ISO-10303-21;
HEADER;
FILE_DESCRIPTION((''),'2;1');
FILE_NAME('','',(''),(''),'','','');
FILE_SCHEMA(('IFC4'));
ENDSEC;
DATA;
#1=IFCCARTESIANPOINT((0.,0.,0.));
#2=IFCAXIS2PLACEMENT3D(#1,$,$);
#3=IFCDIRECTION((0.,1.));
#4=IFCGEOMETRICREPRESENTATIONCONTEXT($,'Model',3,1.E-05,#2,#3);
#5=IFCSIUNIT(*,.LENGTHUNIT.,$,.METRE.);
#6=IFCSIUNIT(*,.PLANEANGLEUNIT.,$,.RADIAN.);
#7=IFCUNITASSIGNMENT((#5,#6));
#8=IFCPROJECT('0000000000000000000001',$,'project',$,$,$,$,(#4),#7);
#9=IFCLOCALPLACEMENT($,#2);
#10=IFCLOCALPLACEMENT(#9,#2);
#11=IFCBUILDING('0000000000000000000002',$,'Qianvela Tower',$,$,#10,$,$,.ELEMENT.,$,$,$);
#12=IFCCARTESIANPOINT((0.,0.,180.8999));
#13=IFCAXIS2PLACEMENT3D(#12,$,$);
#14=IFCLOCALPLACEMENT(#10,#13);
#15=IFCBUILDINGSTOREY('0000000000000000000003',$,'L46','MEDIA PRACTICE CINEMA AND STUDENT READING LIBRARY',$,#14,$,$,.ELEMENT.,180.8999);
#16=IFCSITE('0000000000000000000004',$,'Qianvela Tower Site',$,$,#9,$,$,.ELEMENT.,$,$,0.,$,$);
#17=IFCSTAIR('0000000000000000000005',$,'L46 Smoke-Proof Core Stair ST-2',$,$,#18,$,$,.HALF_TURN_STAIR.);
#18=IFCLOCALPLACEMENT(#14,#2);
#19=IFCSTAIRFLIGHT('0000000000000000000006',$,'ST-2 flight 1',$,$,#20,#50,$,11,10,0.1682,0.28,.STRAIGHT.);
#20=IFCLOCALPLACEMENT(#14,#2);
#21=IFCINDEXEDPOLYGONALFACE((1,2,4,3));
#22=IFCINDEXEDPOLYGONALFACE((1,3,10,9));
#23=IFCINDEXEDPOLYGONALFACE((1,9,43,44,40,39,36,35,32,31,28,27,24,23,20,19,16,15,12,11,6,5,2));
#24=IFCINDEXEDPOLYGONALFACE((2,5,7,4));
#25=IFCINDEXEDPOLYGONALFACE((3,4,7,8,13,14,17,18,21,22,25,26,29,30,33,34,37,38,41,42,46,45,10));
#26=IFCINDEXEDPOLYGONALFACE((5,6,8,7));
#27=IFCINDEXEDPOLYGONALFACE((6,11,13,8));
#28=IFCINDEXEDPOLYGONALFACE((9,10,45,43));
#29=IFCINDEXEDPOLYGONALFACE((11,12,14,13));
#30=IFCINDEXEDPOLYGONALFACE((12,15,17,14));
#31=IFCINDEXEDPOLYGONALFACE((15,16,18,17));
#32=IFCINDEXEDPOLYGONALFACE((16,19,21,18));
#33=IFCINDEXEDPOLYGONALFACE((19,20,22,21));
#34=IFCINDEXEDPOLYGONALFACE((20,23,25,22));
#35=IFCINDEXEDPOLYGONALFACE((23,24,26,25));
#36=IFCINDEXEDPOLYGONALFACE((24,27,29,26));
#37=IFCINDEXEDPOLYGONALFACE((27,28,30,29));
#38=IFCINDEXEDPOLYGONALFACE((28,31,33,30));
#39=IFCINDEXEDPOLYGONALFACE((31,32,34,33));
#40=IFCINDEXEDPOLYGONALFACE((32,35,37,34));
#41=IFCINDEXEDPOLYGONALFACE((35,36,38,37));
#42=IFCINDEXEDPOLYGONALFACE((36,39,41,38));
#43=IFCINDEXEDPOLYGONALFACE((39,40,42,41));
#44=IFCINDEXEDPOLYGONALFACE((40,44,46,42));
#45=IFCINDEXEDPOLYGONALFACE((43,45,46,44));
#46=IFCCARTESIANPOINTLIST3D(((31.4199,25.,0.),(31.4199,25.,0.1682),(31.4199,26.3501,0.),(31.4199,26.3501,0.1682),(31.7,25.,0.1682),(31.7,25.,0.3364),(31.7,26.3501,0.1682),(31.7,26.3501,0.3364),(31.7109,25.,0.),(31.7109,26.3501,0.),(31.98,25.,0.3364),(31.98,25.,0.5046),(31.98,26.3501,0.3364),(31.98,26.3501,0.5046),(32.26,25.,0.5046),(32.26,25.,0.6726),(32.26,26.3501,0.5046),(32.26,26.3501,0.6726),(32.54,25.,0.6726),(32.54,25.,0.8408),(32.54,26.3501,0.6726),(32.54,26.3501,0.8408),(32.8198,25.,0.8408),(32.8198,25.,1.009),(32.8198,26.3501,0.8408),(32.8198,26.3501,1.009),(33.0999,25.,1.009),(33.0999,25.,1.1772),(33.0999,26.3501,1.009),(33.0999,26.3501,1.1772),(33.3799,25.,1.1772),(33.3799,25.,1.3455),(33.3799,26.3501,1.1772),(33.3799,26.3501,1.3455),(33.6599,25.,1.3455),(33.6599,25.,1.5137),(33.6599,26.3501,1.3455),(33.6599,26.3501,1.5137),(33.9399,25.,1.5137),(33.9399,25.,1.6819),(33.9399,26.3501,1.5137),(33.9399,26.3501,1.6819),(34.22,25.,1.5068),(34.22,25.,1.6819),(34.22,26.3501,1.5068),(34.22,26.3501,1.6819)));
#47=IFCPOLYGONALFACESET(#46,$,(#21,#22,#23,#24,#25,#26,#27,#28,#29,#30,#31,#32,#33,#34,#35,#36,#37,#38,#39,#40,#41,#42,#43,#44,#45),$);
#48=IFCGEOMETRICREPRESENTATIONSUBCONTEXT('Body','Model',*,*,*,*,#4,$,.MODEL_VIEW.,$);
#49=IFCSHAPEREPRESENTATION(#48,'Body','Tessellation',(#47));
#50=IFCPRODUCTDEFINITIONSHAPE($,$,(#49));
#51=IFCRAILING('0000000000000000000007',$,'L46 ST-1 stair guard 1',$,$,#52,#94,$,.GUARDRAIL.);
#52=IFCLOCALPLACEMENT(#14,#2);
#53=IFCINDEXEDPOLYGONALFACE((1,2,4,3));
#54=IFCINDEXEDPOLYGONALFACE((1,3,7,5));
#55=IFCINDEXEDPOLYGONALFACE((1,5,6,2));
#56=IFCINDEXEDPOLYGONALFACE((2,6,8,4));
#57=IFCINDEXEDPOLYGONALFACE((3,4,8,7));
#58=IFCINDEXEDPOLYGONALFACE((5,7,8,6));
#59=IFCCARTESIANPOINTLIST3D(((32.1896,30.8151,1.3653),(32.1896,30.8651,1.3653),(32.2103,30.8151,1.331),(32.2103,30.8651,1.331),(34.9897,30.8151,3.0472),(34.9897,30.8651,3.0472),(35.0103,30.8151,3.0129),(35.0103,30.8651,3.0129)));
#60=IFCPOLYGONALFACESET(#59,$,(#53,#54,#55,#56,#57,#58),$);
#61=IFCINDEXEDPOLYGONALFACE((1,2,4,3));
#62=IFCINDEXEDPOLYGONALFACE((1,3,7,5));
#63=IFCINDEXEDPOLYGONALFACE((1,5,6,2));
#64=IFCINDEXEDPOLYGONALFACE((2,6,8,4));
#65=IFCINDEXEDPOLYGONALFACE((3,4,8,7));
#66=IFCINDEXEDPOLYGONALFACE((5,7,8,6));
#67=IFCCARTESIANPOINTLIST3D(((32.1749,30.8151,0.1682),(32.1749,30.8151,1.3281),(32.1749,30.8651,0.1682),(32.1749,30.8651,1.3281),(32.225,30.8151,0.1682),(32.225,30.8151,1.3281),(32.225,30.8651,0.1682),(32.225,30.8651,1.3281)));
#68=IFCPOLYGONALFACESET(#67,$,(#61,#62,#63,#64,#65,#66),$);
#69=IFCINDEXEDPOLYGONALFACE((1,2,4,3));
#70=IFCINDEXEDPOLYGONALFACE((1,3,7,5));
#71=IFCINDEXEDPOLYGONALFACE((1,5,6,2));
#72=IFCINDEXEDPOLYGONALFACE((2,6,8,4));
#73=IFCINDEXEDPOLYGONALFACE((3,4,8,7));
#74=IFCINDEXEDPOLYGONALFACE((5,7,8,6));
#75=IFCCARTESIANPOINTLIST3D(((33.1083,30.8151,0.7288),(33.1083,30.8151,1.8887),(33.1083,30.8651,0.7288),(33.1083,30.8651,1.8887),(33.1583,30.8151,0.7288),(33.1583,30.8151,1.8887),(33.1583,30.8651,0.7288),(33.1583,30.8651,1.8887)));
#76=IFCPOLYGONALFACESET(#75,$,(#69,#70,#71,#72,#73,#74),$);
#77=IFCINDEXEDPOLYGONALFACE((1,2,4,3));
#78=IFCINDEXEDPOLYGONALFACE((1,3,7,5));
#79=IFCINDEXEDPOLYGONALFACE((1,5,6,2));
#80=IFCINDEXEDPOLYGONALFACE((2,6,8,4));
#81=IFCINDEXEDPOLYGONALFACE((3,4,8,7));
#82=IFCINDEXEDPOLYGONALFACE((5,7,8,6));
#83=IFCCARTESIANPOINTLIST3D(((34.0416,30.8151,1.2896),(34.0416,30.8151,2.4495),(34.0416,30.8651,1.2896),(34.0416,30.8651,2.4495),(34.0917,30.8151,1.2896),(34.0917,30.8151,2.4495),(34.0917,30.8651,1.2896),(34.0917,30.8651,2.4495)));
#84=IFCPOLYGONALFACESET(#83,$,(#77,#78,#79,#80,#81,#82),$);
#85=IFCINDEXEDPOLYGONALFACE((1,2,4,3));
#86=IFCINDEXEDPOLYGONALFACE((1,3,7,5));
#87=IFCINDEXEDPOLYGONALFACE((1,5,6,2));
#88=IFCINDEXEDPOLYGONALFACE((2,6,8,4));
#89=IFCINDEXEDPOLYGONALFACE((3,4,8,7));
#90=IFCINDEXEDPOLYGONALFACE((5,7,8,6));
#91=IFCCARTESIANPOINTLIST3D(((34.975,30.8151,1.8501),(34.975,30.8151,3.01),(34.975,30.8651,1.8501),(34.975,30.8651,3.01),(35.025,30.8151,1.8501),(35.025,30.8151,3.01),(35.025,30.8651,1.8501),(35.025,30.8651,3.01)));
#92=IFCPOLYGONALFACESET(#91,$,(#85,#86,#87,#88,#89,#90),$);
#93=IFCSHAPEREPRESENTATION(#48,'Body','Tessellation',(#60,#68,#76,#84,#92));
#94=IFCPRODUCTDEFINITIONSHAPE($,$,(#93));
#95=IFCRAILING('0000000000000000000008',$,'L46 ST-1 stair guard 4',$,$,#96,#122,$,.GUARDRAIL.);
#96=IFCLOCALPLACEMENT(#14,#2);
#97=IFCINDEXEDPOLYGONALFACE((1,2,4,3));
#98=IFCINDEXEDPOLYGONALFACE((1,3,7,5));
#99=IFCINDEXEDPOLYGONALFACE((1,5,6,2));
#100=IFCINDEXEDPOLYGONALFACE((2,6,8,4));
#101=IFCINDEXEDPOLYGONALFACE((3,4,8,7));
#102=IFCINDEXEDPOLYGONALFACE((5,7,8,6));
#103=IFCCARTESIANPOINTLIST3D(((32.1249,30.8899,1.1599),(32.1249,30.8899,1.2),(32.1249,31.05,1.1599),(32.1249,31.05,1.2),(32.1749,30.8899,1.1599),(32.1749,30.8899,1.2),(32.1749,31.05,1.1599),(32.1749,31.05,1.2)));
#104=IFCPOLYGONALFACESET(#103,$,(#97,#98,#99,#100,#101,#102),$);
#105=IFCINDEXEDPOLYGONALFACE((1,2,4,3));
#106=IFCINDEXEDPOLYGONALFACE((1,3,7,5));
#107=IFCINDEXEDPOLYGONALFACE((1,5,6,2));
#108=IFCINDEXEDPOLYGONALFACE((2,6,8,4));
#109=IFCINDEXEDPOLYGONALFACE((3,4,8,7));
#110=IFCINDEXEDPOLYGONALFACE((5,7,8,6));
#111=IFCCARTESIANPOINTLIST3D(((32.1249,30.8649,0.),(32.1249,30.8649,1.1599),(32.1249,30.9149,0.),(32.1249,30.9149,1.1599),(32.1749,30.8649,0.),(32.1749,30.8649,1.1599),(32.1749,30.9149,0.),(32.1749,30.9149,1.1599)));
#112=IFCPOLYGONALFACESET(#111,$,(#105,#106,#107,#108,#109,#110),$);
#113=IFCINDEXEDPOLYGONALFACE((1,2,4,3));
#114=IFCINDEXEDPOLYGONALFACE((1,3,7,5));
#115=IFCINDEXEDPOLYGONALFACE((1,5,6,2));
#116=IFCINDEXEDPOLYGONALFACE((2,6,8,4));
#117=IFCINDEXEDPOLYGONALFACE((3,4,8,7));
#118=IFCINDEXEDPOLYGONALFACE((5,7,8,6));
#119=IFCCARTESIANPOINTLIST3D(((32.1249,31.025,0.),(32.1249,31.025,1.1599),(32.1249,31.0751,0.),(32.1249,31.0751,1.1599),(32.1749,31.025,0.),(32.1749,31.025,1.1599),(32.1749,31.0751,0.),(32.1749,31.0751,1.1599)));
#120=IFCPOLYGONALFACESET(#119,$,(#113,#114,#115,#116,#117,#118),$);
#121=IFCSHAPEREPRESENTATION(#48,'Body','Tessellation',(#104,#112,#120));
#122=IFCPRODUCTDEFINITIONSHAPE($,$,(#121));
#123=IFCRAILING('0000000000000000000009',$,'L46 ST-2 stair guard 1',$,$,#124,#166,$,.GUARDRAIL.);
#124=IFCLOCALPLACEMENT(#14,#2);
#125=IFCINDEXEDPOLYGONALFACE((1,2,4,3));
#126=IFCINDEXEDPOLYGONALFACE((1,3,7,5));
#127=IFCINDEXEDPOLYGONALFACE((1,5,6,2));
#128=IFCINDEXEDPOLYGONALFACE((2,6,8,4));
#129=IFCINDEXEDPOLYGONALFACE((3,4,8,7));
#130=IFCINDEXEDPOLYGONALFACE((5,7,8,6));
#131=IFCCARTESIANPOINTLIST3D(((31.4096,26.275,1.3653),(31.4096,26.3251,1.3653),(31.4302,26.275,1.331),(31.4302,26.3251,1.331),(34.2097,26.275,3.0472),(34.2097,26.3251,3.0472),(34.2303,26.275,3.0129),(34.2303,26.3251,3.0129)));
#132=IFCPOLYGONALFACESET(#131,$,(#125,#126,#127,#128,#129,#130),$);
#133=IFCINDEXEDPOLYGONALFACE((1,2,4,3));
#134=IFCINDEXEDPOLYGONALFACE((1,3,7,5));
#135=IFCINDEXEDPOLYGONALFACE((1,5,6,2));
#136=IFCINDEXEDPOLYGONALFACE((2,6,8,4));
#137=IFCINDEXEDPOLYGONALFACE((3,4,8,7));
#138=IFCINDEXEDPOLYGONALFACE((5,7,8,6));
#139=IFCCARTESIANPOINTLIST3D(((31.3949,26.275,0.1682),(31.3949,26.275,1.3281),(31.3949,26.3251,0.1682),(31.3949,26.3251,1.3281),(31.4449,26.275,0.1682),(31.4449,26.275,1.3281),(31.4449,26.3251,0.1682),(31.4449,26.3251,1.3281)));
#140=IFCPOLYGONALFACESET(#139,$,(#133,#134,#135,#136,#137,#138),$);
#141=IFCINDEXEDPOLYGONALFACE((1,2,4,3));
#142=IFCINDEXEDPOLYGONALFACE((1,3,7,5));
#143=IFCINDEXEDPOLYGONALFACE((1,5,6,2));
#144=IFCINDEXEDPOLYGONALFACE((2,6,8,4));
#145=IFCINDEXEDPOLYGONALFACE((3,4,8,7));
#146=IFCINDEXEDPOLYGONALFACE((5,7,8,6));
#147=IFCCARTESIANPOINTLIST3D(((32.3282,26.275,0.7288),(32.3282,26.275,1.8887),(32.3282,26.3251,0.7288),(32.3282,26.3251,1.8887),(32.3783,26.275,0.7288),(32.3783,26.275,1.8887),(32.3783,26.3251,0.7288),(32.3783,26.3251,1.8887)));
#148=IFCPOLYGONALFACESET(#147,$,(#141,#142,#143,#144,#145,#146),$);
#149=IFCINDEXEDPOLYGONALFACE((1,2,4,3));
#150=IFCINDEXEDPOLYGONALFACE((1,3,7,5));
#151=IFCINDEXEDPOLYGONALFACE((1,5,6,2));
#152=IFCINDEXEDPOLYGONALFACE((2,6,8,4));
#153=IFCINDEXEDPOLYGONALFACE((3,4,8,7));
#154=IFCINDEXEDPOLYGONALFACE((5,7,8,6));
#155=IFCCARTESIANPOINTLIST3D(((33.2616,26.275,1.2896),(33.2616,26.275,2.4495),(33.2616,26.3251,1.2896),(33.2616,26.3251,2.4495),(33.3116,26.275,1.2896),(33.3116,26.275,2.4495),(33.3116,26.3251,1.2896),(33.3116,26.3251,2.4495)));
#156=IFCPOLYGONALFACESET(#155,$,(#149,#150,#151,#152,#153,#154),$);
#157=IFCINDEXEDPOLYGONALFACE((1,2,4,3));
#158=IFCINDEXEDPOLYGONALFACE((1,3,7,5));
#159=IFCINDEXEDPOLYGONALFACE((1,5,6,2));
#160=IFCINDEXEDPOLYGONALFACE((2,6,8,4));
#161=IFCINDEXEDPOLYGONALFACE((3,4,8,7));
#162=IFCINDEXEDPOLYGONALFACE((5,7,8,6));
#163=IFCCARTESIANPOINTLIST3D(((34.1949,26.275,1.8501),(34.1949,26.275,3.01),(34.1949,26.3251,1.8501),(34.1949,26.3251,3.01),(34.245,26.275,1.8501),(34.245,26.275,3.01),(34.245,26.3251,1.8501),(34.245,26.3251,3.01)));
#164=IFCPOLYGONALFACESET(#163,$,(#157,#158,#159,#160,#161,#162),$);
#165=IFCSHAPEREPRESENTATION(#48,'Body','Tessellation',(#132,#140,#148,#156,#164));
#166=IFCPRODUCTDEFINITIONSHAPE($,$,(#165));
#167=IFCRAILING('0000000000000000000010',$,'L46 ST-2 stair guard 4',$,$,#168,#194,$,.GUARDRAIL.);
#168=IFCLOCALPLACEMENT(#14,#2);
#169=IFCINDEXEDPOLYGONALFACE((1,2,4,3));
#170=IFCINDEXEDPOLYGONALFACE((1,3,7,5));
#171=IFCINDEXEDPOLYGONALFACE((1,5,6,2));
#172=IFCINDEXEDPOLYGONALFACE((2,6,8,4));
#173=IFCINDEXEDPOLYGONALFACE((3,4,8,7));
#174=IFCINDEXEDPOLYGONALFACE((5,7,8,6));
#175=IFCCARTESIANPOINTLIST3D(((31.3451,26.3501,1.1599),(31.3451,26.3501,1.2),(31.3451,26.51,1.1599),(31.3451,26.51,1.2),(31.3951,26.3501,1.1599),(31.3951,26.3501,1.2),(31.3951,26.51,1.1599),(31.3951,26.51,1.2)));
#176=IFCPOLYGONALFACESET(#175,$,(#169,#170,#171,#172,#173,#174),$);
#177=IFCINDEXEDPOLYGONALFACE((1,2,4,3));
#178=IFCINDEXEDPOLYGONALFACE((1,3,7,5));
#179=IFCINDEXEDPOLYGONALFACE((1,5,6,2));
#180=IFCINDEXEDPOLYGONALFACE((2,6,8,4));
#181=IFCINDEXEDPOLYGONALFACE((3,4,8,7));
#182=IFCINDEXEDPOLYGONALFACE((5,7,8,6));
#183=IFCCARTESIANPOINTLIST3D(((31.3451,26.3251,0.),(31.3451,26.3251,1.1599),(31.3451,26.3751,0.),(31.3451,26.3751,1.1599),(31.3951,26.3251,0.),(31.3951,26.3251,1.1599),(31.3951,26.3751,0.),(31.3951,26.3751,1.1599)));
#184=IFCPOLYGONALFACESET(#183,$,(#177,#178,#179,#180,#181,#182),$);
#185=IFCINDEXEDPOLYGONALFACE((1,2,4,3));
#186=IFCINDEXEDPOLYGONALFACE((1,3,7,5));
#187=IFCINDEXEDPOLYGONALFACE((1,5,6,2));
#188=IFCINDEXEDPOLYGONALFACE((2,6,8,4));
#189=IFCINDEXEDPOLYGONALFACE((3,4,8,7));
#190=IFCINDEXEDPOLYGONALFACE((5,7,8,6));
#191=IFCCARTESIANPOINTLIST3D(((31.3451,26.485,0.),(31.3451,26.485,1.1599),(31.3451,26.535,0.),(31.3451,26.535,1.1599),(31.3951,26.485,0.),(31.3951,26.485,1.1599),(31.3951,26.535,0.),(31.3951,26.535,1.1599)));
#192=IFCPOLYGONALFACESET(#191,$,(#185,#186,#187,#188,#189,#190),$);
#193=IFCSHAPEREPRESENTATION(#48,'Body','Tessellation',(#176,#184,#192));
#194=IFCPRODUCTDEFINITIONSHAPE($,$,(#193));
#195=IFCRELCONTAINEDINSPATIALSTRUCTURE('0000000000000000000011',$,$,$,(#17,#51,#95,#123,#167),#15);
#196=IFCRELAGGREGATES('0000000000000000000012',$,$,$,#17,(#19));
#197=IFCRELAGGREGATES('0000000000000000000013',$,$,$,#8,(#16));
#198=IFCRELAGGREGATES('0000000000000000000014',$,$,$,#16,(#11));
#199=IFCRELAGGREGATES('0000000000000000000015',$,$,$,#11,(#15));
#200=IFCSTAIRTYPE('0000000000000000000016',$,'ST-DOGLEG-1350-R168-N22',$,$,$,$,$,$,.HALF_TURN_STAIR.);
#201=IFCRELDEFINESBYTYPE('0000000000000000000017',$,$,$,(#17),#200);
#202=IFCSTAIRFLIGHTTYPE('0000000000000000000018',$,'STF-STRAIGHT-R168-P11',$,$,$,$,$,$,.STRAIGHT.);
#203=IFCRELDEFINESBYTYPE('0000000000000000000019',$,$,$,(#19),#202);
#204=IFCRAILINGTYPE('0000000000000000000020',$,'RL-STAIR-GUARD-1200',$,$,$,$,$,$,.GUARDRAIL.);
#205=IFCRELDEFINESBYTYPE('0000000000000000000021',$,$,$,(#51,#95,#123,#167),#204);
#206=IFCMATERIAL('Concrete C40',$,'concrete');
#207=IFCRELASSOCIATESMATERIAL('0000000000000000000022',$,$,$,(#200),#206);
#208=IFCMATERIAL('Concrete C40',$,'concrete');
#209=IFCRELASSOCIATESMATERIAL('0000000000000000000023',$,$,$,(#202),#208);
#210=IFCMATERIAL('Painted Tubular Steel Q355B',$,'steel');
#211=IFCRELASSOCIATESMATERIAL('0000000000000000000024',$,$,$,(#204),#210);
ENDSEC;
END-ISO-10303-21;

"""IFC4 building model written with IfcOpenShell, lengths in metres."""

from ifc_helpers import new_model, si_unit, direction, frame, origin, origin_2d, place, context, subcontext, project, spatial, polyline, rectangle, outline, extrude, material, type_object, element, aggregate, save


model = new_model("IFC4")

# Units and contexts
model_context = context("Model", 3, precision=1e-05, world=origin(), true_north=direction((0.0, 1.0)))
body_context = subcontext(model_context, "Body", "Model", "MODEL_VIEW")
ifc_project = project(units=[si_unit("LENGTHUNIT", "METRE"), si_unit("PLANEANGLEUNIT", "RADIAN")], contexts=[model_context])

# Site, building, storey
site_placement = place(None, origin())
site = spatial("IfcSite", under=ifc_project, at=site_placement, Name="Qianvela Tower Site", CompositionType="ELEMENT", RefElevation=0.0)
building_placement = place(site_placement, origin())
building = spatial("IfcBuilding", under=site, at=building_placement, Name="Qianvela Tower", CompositionType="ELEMENT")
storey_placement = place(building_placement, frame((0.0, 0.0, 180.8999)))
storey = spatial("IfcBuildingStorey", under=building, at=storey_placement, Name="L46", Description="MEDIA PRACTICE CINEMA AND STUDENT READING LIBRARY", CompositionType="ELEMENT", Elevation=180.8999)

# Stair, stair flight
ifc_material_1 = material(Name="Concrete C40", Category="concrete")
stair_type = type_object("IfcStairType", Name="ST-DOGLEG-1350-R168-N22", PredefinedType="HALF_TURN_STAIR", material=ifc_material_1)
ifc_material_2 = material(Name="Concrete C40", Category="concrete")
stair_flight_type = type_object("IfcStairFlightType", Name="STF-STRAIGHT-R168-P11", PredefinedType="STRAIGHT", material=ifc_material_2)
stair_1_placement = place(storey_placement, origin())
stair_1 = element("IfcStair", 1, at=stair_1_placement, inside=storey, type_object=stair_type, Name="L46 Smoke-Proof Core Stair ST-2", PredefinedType="HALF_TURN_STAIR")
stair_flight_1_placement = place(storey_placement, frame((31.4199, 25.675, 0.0), z_axis=(0.0, 0.0, 1.0), x_axis=(1.0, 0.0, 0.0)))
stair_flight_1 = element("IfcStairFlight", 2, at=stair_flight_1_placement, type_object=stair_flight_type, Name="ST-2 flight 1", NumberOfRisers=11, NumberOfTreads=10, PredefinedType="STRAIGHT", RiserHeight=0.1682, TreadLength=0.28, context=body_context, shape_type="SweptSolid", body=[
    extrude(outline(polyline([(0.0, 0.0), (0.0, 0.1682), (0.28, 0.1682), (0.28, 0.3364), (0.5601, 0.3364), (0.5601, 0.5046), (0.8401, 0.5046), (0.8401, 0.6726), (1.1201, 0.6726), (1.1201, 0.8408), (1.3999, 0.8408), (1.3999, 1.009), (1.6799, 1.009), (1.6799, 1.1772), (1.96, 1.1772), (1.96, 1.3455), (2.24, 1.3455), (2.24, 1.5137), (2.52, 1.5137), (2.52, 1.6819), (2.8, 1.6819), (2.8, 1.8501), (2.8, 1.5068), (0.291, 0.0), (0.0, 0.0)])), frame((0.0, 0.675, 0.0), z_axis=(0.0, -1.0, 0.0), x_axis=(1.0, 0.0, 0.0)), (0.0, 0.0, 1.0), 1.3501),
])
aggregate(stair_1, [stair_flight_1])

# Railings
ifc_material_3 = material(Name="Painted Tubular Steel Q355B", Category="steel")
railing_type_1 = type_object("IfcRailingType", Name="RL-STAIR-GUARD-1200", PredefinedType="GUARDRAIL", material=ifc_material_3)
railing_1_placement = place(storey_placement, frame((32.2, 30.8401, 0.1682)))
element("IfcRailing", 3, at=railing_1_placement, inside=storey, type_object=railing_type_1, Name="L46 ST-1 stair guard 1", PredefinedType="GUARDRAIL", context=body_context, shape_type="SweptSolid", body=[
    extrude(rectangle(XDim=0.05, YDim=0.04, at=origin_2d()), frame((0.0, 0.0, 1.1799), z_axis=(0.857242, 0.0, 0.514913), x_axis=(0.0, 1.0, 0.0)), (0.0, 0.0, 1.0), 3.2664),
    extrude(rectangle(XDim=0.05, YDim=0.05, at=origin_2d()), origin(), (0.0, 0.0, 1.0), 1.1599),
    extrude(rectangle(XDim=0.05, YDim=0.05, at=origin_2d()), frame((0.9333, 0.0, 0.5605)), (0.0, 0.0, 1.0), 1.1599),
    extrude(rectangle(XDim=0.05, YDim=0.05, at=origin_2d()), frame((1.8667, 0.0, 1.1213)), (0.0, 0.0, 1.0), 1.1599),
    extrude(rectangle(XDim=0.05, YDim=0.05, at=origin_2d()), frame((2.8, 0.0, 1.6819)), (0.0, 0.0, 1.0), 1.1599),
])
railing_2_placement = place(storey_placement, frame((32.1499, 30.8899, 0.0)))
element("IfcRailing", 4, at=railing_2_placement, inside=storey, type_object=railing_type_1, Name="L46 ST-1 stair guard 4", PredefinedType="GUARDRAIL", context=body_context, shape_type="SweptSolid", body=[
    extrude(rectangle(XDim=0.05, YDim=0.04, at=origin_2d()), frame((0.0, 0.0, 1.1799), z_axis=(0.0, 1.0, 0.0), x_axis=(-1.0, 0.0, 0.0)), (0.0, 0.0, 1.0), 0.1602),
    extrude(rectangle(XDim=0.05, YDim=0.05, at=origin_2d()), origin(), (0.0, 0.0, 1.0), 1.1599),
    extrude(rectangle(XDim=0.05, YDim=0.05, at=origin_2d()), frame((0.0, 0.1602, 0.0)), (0.0, 0.0, 1.0), 1.1599),
])
railing_3_placement = place(storey_placement, frame((31.4199, 26.3, 0.1682)))
element("IfcRailing", 5, at=railing_3_placement, inside=storey, type_object=railing_type_1, Name="L46 ST-2 stair guard 1", PredefinedType="GUARDRAIL", context=body_context, shape_type="SweptSolid", body=[
    extrude(rectangle(XDim=0.05, YDim=0.04, at=origin_2d()), frame((0.0, 0.0, 1.1799), z_axis=(0.857242, 0.0, 0.514913), x_axis=(0.0, 1.0, 0.0)), (0.0, 0.0, 1.0), 3.2664),
    extrude(rectangle(XDim=0.05, YDim=0.05, at=origin_2d()), origin(), (0.0, 0.0, 1.0), 1.1599),
    extrude(rectangle(XDim=0.05, YDim=0.05, at=origin_2d()), frame((0.9333, 0.0, 0.5605)), (0.0, 0.0, 1.0), 1.1599),
    extrude(rectangle(XDim=0.05, YDim=0.05, at=origin_2d()), frame((1.8667, 0.0, 1.1213)), (0.0, 0.0, 1.0), 1.1599),
    extrude(rectangle(XDim=0.05, YDim=0.05, at=origin_2d()), frame((2.8, 0.0, 1.6819)), (0.0, 0.0, 1.0), 1.1599),
])
railing_4_placement = place(storey_placement, frame((31.3701, 26.3501, 0.0)))
element("IfcRailing", 6, at=railing_4_placement, inside=storey, type_object=railing_type_1, Name="L46 ST-2 stair guard 4", PredefinedType="GUARDRAIL", context=body_context, shape_type="SweptSolid", body=[
    extrude(rectangle(XDim=0.05, YDim=0.04, at=origin_2d()), frame((0.0, 0.0, 1.1799), z_axis=(0.0, 1.0, 0.0), x_axis=(-1.0, 0.0, 0.0)), (0.0, 0.0, 1.0), 0.1599),
    extrude(rectangle(XDim=0.05, YDim=0.05, at=origin_2d()), origin(), (0.0, 0.0, 1.0), 1.1599),
    extrude(rectangle(XDim=0.05, YDim=0.05, at=origin_2d()), frame((0.0, 0.1599, 0.0)), (0.0, 0.0, 1.0), 1.1599),
])

save(model, "model.ifc")
